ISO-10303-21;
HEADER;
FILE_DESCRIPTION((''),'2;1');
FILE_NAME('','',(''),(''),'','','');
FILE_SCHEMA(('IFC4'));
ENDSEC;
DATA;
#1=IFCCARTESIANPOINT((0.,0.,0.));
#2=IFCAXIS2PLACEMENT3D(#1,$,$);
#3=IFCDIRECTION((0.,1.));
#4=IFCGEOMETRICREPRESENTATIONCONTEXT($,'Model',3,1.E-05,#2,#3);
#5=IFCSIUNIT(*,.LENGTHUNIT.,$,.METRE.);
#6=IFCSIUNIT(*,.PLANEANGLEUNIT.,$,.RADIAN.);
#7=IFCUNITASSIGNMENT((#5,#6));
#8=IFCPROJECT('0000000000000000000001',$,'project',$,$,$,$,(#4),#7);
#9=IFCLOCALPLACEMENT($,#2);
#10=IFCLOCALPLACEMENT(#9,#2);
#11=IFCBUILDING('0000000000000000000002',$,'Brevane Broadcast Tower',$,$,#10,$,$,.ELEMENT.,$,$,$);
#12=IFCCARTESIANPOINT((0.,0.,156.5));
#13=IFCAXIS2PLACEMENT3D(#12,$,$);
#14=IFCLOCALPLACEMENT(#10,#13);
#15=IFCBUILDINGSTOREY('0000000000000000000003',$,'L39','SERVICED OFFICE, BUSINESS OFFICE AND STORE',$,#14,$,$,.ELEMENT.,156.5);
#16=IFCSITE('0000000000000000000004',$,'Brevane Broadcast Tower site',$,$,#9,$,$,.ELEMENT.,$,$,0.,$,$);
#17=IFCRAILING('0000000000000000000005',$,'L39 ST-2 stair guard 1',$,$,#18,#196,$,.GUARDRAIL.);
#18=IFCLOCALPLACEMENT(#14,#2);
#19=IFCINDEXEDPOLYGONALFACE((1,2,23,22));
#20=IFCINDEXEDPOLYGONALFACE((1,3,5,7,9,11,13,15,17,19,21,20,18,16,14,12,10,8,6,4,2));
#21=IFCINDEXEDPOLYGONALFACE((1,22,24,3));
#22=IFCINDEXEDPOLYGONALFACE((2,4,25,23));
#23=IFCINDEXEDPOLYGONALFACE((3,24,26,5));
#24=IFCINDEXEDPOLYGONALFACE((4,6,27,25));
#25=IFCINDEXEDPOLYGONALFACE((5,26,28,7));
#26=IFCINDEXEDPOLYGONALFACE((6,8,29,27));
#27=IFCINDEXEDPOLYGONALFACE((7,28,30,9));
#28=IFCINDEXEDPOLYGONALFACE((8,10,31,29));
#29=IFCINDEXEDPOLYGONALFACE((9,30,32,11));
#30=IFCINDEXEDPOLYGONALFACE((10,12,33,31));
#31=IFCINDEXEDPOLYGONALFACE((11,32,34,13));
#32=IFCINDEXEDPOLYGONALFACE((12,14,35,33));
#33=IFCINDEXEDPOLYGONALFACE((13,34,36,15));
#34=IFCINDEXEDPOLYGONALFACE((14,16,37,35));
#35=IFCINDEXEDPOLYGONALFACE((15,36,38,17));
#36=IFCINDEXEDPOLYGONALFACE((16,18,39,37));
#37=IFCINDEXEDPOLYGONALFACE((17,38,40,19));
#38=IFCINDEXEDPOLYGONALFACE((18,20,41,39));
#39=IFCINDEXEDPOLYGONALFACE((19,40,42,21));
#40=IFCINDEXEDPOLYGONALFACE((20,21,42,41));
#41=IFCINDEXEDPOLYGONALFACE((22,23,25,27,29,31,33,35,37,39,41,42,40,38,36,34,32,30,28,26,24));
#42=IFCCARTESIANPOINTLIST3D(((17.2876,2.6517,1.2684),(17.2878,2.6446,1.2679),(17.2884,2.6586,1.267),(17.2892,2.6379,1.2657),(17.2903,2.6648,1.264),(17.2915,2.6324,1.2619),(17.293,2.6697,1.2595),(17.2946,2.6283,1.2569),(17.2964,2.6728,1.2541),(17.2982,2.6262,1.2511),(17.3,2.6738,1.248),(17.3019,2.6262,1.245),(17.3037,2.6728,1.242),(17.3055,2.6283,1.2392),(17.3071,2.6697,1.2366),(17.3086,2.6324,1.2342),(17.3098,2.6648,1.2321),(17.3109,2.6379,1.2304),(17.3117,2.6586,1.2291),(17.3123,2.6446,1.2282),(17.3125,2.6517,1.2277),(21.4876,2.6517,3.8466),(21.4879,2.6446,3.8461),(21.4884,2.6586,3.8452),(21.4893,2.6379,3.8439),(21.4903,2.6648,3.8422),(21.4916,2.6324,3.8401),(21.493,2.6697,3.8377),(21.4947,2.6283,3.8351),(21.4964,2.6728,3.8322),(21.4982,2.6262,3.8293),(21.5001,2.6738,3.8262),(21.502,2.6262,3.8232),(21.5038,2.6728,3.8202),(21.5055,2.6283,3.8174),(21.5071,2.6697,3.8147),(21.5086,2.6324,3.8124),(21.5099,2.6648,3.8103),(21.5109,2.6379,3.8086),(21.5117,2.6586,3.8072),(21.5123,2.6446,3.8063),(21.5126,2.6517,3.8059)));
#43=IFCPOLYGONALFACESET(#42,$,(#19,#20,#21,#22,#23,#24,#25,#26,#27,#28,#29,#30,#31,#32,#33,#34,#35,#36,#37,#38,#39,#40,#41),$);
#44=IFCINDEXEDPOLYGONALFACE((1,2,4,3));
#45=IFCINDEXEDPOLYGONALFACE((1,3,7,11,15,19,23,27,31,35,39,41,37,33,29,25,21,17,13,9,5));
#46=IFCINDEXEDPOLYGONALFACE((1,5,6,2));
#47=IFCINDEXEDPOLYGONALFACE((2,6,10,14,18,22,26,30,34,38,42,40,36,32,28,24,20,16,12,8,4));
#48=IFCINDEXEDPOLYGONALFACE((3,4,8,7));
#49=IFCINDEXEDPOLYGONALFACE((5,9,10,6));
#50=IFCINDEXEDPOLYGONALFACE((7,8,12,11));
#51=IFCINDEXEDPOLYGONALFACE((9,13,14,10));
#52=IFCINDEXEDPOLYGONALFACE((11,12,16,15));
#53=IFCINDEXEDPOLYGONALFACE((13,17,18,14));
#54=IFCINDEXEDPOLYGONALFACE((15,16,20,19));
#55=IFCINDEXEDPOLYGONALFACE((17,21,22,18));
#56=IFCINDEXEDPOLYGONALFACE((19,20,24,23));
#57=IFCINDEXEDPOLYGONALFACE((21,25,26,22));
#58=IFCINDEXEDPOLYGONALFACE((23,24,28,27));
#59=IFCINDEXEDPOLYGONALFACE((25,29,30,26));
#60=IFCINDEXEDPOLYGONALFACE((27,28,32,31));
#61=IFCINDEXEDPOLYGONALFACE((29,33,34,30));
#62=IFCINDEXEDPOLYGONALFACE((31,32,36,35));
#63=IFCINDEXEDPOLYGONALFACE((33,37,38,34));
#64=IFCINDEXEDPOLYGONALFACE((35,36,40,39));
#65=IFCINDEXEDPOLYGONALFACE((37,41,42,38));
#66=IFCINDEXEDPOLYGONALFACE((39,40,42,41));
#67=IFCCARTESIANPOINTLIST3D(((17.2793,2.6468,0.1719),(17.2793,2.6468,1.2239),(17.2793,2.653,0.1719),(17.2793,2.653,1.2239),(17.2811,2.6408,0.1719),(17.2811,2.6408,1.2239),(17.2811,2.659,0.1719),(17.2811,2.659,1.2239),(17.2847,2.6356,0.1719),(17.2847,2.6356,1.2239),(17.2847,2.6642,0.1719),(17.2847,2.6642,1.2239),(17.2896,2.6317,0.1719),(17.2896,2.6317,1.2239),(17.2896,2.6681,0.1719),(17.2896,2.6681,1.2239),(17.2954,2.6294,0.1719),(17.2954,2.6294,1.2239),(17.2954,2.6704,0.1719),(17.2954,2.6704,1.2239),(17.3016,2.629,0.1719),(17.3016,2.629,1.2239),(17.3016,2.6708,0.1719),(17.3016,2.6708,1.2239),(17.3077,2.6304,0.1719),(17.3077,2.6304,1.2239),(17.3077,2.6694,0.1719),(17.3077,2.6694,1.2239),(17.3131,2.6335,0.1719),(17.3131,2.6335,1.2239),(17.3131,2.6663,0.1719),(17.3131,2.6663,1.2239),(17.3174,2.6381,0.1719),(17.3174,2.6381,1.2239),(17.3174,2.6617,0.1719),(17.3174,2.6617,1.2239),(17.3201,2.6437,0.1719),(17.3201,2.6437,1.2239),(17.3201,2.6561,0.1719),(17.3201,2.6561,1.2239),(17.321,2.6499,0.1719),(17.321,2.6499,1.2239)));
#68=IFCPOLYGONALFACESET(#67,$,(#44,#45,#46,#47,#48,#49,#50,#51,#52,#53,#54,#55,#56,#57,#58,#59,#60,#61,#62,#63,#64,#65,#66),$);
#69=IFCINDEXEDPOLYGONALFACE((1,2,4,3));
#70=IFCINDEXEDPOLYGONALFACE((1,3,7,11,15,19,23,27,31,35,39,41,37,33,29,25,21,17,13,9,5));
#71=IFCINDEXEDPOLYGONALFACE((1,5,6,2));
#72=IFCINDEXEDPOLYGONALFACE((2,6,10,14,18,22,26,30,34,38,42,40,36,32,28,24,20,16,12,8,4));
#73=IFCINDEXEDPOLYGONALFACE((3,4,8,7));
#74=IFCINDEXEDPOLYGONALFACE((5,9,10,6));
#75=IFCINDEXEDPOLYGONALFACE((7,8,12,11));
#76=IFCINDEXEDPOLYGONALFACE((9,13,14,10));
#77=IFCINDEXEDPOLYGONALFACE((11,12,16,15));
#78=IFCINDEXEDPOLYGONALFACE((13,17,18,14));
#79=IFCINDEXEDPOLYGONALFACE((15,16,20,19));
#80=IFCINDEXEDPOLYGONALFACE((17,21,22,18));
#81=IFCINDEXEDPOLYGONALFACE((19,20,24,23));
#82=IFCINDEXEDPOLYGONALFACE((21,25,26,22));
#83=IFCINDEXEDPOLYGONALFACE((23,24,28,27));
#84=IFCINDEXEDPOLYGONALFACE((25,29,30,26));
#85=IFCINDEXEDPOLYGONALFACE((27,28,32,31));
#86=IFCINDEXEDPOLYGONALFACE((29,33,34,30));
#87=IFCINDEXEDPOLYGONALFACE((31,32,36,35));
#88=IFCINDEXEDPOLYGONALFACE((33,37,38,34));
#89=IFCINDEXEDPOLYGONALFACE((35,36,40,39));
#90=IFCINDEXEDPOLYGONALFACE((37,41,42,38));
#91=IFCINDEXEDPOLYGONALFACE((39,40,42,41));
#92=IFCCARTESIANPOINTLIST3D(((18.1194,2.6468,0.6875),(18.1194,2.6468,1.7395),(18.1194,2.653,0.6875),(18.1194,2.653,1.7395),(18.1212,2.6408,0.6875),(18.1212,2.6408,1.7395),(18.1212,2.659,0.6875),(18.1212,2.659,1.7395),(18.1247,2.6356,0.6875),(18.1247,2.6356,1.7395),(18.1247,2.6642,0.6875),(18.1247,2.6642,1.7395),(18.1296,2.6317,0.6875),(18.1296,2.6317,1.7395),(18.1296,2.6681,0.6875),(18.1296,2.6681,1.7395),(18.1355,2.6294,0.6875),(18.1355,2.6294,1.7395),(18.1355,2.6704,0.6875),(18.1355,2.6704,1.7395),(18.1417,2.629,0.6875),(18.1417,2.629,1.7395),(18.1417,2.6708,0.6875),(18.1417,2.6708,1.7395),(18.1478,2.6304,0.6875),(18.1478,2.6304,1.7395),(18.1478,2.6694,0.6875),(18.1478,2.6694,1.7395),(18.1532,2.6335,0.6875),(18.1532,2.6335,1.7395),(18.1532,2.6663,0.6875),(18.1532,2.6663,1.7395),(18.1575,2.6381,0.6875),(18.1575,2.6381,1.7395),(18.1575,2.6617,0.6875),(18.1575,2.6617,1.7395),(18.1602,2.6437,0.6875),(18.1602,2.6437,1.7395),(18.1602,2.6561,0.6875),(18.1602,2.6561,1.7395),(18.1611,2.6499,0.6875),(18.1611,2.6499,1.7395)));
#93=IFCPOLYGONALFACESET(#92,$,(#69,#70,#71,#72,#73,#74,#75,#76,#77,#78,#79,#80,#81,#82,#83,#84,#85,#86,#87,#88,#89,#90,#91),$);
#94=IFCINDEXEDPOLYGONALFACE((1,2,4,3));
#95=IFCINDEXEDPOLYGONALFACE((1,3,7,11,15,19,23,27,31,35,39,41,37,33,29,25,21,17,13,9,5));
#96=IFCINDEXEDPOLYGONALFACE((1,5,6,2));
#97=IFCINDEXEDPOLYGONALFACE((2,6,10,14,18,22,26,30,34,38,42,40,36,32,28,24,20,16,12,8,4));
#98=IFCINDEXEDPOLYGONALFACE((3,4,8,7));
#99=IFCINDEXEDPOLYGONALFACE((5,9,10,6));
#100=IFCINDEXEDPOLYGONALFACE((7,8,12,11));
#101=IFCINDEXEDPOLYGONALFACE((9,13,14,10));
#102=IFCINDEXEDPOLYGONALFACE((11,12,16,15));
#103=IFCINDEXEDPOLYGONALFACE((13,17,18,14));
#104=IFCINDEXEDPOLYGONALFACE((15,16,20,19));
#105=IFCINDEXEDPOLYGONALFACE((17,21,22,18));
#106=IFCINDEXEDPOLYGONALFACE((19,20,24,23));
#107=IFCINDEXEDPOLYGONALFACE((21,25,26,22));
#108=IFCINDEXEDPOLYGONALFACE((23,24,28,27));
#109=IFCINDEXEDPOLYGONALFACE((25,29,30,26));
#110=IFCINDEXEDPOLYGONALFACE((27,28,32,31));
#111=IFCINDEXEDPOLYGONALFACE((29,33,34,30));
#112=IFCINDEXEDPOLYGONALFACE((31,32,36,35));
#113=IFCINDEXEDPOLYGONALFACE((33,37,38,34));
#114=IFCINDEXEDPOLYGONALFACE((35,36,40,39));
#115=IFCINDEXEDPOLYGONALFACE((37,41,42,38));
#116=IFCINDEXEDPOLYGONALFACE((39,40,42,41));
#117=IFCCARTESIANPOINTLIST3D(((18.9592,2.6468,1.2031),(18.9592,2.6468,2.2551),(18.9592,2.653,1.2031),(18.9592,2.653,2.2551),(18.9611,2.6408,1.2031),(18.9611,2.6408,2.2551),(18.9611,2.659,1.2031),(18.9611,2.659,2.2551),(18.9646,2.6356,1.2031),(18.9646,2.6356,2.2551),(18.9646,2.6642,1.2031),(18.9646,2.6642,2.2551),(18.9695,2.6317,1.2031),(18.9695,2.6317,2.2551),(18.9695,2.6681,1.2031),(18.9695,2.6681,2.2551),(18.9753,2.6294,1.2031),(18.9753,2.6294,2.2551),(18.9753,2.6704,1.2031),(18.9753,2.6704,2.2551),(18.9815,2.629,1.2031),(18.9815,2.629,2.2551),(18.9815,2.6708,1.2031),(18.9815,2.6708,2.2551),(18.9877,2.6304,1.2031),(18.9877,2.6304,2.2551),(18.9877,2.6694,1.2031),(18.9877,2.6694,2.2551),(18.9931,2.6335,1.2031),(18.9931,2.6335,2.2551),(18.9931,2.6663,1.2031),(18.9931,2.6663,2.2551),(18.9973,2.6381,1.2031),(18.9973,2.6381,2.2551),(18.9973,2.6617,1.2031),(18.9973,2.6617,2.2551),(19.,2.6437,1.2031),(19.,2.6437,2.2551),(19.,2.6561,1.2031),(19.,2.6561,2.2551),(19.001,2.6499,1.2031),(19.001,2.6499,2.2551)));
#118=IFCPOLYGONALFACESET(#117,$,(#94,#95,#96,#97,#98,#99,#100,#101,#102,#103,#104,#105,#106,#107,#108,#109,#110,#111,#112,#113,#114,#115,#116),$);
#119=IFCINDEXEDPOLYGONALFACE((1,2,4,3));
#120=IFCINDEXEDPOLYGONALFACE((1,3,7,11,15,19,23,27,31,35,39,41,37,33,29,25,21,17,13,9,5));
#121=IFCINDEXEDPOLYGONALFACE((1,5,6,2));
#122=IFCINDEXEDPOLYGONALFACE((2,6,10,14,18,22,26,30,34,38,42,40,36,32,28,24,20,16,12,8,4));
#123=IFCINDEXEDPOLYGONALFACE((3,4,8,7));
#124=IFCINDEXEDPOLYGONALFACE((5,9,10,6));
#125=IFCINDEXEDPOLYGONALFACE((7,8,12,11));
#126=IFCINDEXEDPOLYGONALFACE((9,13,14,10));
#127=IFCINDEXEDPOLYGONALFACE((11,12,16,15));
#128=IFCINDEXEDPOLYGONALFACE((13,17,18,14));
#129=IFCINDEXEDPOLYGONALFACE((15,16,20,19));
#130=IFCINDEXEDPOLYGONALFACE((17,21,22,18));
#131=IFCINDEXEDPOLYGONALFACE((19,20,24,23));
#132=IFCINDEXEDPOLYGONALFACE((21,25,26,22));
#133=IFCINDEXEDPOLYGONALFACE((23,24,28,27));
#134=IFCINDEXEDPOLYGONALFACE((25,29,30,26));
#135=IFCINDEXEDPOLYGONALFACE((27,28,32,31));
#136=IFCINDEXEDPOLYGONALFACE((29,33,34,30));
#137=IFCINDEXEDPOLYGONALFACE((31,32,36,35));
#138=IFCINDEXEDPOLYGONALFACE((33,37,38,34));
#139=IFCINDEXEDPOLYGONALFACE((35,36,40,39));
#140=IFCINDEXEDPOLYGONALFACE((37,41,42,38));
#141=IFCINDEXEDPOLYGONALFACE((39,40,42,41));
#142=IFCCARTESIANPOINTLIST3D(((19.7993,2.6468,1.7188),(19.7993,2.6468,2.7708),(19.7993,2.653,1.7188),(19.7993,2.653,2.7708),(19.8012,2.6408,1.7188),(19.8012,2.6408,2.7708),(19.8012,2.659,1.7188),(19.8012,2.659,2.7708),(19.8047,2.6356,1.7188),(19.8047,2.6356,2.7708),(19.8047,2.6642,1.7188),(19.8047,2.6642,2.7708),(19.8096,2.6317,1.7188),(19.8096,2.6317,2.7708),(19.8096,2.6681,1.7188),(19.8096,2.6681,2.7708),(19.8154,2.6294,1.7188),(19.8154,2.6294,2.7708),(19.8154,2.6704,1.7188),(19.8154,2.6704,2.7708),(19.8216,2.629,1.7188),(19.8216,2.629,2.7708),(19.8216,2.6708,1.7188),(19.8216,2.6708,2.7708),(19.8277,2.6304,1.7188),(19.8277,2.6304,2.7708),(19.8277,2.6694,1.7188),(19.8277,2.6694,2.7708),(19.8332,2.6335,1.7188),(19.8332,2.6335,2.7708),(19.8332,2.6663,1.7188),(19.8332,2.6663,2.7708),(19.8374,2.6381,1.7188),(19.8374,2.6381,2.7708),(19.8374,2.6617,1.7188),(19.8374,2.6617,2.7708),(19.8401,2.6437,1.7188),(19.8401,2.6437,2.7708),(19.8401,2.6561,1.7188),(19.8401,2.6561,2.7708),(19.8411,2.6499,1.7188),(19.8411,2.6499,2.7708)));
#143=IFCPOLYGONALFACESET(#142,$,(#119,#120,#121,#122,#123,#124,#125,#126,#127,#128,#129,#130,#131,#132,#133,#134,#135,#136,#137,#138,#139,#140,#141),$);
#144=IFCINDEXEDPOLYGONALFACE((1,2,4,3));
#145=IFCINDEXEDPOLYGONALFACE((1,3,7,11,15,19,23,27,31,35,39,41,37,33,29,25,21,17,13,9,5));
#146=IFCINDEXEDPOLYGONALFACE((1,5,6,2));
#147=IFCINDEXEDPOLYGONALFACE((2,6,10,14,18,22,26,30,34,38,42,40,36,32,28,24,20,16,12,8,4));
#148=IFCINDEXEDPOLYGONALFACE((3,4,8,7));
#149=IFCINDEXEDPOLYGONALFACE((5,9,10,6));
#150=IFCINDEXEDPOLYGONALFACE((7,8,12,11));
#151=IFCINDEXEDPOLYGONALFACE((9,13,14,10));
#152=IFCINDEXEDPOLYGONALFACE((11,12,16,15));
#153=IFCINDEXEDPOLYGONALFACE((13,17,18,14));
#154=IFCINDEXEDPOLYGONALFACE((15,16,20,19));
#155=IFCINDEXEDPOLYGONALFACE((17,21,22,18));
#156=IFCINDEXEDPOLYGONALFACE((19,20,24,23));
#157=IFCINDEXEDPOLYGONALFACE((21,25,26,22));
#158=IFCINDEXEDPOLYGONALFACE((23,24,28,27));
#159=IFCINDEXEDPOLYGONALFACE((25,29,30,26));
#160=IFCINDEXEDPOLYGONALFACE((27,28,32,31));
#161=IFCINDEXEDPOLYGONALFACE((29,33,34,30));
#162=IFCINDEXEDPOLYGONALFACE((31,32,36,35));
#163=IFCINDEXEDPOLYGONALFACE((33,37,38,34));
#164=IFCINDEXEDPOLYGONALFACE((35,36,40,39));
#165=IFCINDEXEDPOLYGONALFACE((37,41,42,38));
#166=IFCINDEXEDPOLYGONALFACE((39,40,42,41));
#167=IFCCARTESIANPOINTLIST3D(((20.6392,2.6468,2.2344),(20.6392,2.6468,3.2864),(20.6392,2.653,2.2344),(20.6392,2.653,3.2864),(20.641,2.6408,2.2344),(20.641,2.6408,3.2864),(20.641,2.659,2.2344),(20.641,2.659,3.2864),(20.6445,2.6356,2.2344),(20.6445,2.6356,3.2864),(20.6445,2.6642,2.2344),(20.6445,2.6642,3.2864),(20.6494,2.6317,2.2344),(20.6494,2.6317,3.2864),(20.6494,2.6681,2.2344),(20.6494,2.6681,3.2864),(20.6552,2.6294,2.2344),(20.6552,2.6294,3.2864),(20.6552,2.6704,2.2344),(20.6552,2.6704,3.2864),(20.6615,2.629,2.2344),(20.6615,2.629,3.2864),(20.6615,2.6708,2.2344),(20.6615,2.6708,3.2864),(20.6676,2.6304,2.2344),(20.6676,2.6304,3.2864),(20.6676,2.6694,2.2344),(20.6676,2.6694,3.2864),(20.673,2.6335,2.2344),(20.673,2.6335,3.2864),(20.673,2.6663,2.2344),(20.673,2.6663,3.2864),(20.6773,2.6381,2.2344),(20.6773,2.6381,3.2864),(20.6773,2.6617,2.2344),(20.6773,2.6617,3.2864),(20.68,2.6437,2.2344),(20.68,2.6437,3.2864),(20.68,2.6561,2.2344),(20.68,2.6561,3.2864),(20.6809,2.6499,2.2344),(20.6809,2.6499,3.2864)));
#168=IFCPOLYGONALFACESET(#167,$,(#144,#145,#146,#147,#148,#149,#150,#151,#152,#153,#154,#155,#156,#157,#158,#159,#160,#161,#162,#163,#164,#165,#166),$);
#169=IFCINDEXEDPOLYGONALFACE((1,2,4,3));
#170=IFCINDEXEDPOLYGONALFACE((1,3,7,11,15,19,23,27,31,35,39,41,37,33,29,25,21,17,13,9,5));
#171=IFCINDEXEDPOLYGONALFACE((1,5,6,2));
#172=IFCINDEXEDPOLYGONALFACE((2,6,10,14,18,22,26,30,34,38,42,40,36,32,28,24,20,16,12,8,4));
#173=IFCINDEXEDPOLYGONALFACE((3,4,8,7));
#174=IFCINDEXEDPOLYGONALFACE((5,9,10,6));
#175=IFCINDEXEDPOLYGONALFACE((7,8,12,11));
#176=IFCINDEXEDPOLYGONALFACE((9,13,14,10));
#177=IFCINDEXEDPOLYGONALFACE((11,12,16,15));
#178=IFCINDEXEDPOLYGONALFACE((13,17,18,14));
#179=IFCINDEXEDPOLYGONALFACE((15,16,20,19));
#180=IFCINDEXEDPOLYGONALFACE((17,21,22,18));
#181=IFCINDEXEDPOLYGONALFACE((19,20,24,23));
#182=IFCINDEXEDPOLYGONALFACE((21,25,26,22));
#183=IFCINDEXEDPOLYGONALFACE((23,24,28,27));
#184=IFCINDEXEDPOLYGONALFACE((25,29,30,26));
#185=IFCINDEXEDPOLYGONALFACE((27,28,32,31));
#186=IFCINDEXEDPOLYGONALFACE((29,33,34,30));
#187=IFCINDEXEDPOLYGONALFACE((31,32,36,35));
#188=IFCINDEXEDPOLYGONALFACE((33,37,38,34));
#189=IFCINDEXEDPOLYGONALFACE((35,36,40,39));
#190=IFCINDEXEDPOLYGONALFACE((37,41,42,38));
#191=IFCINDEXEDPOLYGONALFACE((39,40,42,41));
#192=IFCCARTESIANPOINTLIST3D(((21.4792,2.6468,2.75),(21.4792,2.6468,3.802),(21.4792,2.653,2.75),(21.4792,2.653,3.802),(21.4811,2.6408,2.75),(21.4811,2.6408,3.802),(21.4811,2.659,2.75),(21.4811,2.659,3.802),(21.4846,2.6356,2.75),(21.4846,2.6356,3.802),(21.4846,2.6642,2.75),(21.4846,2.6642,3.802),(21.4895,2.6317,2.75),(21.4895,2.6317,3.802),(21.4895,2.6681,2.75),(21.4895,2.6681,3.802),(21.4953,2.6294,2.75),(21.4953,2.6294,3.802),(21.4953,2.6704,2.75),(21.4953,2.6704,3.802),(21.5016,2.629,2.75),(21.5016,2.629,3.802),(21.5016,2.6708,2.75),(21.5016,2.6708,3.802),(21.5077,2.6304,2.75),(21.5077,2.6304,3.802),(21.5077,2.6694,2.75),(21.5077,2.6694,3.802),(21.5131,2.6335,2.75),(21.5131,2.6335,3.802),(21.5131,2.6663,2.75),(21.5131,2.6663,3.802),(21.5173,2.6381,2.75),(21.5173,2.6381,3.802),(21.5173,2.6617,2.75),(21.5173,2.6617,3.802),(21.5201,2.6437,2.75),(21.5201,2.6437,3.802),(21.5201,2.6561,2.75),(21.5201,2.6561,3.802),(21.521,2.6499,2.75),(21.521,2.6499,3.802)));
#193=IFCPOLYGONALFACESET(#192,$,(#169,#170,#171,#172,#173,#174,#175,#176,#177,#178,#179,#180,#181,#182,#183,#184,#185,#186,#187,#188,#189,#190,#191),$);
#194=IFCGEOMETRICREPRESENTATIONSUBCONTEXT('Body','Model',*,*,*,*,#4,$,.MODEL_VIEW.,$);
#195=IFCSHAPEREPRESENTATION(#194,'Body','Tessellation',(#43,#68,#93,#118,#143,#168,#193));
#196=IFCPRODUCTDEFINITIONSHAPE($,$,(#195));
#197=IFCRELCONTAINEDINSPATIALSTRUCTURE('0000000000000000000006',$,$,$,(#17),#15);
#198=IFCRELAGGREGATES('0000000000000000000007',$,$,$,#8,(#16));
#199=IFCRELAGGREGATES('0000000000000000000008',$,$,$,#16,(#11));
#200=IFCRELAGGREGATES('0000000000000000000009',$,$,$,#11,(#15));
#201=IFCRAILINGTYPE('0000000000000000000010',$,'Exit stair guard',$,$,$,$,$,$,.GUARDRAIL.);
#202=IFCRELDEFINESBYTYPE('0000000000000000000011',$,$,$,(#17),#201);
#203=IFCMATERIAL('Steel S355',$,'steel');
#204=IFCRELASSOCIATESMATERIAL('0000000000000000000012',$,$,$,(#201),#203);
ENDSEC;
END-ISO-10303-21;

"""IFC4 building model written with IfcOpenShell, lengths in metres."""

from ifc_helpers import new_model, si_unit, direction, frame, origin, origin_2d, place, context, subcontext, project, spatial, circle, extrude, material, type_object, element, save


model = new_model("IFC4")

# Units and contexts
model_context = context("Model", 3, precision=1e-05, world=origin(), true_north=direction((0.0, 1.0)))
body_context = subcontext(model_context, "Body", "Model", "MODEL_VIEW")
ifc_project = project(units=[si_unit("LENGTHUNIT", "METRE"), si_unit("PLANEANGLEUNIT", "RADIAN")], contexts=[model_context])

# Site, building, storey
site_placement = place(None, origin())
site = spatial("IfcSite", under=ifc_project, at=site_placement, Name="Brevane Broadcast Tower site", CompositionType="ELEMENT", RefElevation=0.0)
building_placement = place(site_placement, origin())
building = spatial("IfcBuilding", under=site, at=building_placement, Name="Brevane Broadcast Tower", CompositionType="ELEMENT")
storey_placement = place(building_placement, frame((0.0, 0.0, 156.5)))
storey = spatial("IfcBuildingStorey", under=building, at=storey_placement, Name="L39", Description="SERVICED OFFICE, BUSINESS OFFICE AND STORE", CompositionType="ELEMENT", Elevation=156.5)

# Railing
ifc_material_1 = material(Name="Steel S355", Category="steel")
railing_type_1 = type_object("IfcRailingType", Name="Exit stair guard", PredefinedType="GUARDRAIL", material=ifc_material_1)
railing_1_placement = place(storey_placement, frame((17.3, 2.6499, 0.1719)))
element("IfcRailing", 1, at=railing_1_placement, inside=storey, type_object=railing_type_1, Name="L39 ST-2 stair guard 1", PredefinedType="GUARDRAIL", context=body_context, shape_type="SweptSolid", body=[
    extrude(circle(Radius=0.0239, at=origin_2d()), frame((0.0, 0.0, 1.0762), z_axis=(0.852243, 0.0, 0.523146), x_axis=(0.0, 1.0, 0.0)), (0.0, 0.0, 1.0), 4.9282),
    extrude(circle(Radius=0.021, at=origin_2d()), origin(), (0.0, 0.0, 1.0), 1.052),
    extrude(circle(Radius=0.021, at=origin_2d()), frame((0.8401, 0.0, 0.5156)), (0.0, 0.0, 1.0), 1.052),
    extrude(circle(Radius=0.021, at=origin_2d()), frame((1.6799, 0.0, 1.0312)), (0.0, 0.0, 1.0), 1.052),
    extrude(circle(Radius=0.021, at=origin_2d()), frame((2.52, 0.0, 1.5469)), (0.0, 0.0, 1.0), 1.052),
    extrude(circle(Radius=0.021, at=origin_2d()), frame((3.3599, 0.0, 2.0625)), (0.0, 0.0, 1.0), 1.052),
    extrude(circle(Radius=0.021, at=origin_2d()), frame((4.2, 0.0, 2.5781)), (0.0, 0.0, 1.0), 1.052),
])

save(model, "model.ifc")
